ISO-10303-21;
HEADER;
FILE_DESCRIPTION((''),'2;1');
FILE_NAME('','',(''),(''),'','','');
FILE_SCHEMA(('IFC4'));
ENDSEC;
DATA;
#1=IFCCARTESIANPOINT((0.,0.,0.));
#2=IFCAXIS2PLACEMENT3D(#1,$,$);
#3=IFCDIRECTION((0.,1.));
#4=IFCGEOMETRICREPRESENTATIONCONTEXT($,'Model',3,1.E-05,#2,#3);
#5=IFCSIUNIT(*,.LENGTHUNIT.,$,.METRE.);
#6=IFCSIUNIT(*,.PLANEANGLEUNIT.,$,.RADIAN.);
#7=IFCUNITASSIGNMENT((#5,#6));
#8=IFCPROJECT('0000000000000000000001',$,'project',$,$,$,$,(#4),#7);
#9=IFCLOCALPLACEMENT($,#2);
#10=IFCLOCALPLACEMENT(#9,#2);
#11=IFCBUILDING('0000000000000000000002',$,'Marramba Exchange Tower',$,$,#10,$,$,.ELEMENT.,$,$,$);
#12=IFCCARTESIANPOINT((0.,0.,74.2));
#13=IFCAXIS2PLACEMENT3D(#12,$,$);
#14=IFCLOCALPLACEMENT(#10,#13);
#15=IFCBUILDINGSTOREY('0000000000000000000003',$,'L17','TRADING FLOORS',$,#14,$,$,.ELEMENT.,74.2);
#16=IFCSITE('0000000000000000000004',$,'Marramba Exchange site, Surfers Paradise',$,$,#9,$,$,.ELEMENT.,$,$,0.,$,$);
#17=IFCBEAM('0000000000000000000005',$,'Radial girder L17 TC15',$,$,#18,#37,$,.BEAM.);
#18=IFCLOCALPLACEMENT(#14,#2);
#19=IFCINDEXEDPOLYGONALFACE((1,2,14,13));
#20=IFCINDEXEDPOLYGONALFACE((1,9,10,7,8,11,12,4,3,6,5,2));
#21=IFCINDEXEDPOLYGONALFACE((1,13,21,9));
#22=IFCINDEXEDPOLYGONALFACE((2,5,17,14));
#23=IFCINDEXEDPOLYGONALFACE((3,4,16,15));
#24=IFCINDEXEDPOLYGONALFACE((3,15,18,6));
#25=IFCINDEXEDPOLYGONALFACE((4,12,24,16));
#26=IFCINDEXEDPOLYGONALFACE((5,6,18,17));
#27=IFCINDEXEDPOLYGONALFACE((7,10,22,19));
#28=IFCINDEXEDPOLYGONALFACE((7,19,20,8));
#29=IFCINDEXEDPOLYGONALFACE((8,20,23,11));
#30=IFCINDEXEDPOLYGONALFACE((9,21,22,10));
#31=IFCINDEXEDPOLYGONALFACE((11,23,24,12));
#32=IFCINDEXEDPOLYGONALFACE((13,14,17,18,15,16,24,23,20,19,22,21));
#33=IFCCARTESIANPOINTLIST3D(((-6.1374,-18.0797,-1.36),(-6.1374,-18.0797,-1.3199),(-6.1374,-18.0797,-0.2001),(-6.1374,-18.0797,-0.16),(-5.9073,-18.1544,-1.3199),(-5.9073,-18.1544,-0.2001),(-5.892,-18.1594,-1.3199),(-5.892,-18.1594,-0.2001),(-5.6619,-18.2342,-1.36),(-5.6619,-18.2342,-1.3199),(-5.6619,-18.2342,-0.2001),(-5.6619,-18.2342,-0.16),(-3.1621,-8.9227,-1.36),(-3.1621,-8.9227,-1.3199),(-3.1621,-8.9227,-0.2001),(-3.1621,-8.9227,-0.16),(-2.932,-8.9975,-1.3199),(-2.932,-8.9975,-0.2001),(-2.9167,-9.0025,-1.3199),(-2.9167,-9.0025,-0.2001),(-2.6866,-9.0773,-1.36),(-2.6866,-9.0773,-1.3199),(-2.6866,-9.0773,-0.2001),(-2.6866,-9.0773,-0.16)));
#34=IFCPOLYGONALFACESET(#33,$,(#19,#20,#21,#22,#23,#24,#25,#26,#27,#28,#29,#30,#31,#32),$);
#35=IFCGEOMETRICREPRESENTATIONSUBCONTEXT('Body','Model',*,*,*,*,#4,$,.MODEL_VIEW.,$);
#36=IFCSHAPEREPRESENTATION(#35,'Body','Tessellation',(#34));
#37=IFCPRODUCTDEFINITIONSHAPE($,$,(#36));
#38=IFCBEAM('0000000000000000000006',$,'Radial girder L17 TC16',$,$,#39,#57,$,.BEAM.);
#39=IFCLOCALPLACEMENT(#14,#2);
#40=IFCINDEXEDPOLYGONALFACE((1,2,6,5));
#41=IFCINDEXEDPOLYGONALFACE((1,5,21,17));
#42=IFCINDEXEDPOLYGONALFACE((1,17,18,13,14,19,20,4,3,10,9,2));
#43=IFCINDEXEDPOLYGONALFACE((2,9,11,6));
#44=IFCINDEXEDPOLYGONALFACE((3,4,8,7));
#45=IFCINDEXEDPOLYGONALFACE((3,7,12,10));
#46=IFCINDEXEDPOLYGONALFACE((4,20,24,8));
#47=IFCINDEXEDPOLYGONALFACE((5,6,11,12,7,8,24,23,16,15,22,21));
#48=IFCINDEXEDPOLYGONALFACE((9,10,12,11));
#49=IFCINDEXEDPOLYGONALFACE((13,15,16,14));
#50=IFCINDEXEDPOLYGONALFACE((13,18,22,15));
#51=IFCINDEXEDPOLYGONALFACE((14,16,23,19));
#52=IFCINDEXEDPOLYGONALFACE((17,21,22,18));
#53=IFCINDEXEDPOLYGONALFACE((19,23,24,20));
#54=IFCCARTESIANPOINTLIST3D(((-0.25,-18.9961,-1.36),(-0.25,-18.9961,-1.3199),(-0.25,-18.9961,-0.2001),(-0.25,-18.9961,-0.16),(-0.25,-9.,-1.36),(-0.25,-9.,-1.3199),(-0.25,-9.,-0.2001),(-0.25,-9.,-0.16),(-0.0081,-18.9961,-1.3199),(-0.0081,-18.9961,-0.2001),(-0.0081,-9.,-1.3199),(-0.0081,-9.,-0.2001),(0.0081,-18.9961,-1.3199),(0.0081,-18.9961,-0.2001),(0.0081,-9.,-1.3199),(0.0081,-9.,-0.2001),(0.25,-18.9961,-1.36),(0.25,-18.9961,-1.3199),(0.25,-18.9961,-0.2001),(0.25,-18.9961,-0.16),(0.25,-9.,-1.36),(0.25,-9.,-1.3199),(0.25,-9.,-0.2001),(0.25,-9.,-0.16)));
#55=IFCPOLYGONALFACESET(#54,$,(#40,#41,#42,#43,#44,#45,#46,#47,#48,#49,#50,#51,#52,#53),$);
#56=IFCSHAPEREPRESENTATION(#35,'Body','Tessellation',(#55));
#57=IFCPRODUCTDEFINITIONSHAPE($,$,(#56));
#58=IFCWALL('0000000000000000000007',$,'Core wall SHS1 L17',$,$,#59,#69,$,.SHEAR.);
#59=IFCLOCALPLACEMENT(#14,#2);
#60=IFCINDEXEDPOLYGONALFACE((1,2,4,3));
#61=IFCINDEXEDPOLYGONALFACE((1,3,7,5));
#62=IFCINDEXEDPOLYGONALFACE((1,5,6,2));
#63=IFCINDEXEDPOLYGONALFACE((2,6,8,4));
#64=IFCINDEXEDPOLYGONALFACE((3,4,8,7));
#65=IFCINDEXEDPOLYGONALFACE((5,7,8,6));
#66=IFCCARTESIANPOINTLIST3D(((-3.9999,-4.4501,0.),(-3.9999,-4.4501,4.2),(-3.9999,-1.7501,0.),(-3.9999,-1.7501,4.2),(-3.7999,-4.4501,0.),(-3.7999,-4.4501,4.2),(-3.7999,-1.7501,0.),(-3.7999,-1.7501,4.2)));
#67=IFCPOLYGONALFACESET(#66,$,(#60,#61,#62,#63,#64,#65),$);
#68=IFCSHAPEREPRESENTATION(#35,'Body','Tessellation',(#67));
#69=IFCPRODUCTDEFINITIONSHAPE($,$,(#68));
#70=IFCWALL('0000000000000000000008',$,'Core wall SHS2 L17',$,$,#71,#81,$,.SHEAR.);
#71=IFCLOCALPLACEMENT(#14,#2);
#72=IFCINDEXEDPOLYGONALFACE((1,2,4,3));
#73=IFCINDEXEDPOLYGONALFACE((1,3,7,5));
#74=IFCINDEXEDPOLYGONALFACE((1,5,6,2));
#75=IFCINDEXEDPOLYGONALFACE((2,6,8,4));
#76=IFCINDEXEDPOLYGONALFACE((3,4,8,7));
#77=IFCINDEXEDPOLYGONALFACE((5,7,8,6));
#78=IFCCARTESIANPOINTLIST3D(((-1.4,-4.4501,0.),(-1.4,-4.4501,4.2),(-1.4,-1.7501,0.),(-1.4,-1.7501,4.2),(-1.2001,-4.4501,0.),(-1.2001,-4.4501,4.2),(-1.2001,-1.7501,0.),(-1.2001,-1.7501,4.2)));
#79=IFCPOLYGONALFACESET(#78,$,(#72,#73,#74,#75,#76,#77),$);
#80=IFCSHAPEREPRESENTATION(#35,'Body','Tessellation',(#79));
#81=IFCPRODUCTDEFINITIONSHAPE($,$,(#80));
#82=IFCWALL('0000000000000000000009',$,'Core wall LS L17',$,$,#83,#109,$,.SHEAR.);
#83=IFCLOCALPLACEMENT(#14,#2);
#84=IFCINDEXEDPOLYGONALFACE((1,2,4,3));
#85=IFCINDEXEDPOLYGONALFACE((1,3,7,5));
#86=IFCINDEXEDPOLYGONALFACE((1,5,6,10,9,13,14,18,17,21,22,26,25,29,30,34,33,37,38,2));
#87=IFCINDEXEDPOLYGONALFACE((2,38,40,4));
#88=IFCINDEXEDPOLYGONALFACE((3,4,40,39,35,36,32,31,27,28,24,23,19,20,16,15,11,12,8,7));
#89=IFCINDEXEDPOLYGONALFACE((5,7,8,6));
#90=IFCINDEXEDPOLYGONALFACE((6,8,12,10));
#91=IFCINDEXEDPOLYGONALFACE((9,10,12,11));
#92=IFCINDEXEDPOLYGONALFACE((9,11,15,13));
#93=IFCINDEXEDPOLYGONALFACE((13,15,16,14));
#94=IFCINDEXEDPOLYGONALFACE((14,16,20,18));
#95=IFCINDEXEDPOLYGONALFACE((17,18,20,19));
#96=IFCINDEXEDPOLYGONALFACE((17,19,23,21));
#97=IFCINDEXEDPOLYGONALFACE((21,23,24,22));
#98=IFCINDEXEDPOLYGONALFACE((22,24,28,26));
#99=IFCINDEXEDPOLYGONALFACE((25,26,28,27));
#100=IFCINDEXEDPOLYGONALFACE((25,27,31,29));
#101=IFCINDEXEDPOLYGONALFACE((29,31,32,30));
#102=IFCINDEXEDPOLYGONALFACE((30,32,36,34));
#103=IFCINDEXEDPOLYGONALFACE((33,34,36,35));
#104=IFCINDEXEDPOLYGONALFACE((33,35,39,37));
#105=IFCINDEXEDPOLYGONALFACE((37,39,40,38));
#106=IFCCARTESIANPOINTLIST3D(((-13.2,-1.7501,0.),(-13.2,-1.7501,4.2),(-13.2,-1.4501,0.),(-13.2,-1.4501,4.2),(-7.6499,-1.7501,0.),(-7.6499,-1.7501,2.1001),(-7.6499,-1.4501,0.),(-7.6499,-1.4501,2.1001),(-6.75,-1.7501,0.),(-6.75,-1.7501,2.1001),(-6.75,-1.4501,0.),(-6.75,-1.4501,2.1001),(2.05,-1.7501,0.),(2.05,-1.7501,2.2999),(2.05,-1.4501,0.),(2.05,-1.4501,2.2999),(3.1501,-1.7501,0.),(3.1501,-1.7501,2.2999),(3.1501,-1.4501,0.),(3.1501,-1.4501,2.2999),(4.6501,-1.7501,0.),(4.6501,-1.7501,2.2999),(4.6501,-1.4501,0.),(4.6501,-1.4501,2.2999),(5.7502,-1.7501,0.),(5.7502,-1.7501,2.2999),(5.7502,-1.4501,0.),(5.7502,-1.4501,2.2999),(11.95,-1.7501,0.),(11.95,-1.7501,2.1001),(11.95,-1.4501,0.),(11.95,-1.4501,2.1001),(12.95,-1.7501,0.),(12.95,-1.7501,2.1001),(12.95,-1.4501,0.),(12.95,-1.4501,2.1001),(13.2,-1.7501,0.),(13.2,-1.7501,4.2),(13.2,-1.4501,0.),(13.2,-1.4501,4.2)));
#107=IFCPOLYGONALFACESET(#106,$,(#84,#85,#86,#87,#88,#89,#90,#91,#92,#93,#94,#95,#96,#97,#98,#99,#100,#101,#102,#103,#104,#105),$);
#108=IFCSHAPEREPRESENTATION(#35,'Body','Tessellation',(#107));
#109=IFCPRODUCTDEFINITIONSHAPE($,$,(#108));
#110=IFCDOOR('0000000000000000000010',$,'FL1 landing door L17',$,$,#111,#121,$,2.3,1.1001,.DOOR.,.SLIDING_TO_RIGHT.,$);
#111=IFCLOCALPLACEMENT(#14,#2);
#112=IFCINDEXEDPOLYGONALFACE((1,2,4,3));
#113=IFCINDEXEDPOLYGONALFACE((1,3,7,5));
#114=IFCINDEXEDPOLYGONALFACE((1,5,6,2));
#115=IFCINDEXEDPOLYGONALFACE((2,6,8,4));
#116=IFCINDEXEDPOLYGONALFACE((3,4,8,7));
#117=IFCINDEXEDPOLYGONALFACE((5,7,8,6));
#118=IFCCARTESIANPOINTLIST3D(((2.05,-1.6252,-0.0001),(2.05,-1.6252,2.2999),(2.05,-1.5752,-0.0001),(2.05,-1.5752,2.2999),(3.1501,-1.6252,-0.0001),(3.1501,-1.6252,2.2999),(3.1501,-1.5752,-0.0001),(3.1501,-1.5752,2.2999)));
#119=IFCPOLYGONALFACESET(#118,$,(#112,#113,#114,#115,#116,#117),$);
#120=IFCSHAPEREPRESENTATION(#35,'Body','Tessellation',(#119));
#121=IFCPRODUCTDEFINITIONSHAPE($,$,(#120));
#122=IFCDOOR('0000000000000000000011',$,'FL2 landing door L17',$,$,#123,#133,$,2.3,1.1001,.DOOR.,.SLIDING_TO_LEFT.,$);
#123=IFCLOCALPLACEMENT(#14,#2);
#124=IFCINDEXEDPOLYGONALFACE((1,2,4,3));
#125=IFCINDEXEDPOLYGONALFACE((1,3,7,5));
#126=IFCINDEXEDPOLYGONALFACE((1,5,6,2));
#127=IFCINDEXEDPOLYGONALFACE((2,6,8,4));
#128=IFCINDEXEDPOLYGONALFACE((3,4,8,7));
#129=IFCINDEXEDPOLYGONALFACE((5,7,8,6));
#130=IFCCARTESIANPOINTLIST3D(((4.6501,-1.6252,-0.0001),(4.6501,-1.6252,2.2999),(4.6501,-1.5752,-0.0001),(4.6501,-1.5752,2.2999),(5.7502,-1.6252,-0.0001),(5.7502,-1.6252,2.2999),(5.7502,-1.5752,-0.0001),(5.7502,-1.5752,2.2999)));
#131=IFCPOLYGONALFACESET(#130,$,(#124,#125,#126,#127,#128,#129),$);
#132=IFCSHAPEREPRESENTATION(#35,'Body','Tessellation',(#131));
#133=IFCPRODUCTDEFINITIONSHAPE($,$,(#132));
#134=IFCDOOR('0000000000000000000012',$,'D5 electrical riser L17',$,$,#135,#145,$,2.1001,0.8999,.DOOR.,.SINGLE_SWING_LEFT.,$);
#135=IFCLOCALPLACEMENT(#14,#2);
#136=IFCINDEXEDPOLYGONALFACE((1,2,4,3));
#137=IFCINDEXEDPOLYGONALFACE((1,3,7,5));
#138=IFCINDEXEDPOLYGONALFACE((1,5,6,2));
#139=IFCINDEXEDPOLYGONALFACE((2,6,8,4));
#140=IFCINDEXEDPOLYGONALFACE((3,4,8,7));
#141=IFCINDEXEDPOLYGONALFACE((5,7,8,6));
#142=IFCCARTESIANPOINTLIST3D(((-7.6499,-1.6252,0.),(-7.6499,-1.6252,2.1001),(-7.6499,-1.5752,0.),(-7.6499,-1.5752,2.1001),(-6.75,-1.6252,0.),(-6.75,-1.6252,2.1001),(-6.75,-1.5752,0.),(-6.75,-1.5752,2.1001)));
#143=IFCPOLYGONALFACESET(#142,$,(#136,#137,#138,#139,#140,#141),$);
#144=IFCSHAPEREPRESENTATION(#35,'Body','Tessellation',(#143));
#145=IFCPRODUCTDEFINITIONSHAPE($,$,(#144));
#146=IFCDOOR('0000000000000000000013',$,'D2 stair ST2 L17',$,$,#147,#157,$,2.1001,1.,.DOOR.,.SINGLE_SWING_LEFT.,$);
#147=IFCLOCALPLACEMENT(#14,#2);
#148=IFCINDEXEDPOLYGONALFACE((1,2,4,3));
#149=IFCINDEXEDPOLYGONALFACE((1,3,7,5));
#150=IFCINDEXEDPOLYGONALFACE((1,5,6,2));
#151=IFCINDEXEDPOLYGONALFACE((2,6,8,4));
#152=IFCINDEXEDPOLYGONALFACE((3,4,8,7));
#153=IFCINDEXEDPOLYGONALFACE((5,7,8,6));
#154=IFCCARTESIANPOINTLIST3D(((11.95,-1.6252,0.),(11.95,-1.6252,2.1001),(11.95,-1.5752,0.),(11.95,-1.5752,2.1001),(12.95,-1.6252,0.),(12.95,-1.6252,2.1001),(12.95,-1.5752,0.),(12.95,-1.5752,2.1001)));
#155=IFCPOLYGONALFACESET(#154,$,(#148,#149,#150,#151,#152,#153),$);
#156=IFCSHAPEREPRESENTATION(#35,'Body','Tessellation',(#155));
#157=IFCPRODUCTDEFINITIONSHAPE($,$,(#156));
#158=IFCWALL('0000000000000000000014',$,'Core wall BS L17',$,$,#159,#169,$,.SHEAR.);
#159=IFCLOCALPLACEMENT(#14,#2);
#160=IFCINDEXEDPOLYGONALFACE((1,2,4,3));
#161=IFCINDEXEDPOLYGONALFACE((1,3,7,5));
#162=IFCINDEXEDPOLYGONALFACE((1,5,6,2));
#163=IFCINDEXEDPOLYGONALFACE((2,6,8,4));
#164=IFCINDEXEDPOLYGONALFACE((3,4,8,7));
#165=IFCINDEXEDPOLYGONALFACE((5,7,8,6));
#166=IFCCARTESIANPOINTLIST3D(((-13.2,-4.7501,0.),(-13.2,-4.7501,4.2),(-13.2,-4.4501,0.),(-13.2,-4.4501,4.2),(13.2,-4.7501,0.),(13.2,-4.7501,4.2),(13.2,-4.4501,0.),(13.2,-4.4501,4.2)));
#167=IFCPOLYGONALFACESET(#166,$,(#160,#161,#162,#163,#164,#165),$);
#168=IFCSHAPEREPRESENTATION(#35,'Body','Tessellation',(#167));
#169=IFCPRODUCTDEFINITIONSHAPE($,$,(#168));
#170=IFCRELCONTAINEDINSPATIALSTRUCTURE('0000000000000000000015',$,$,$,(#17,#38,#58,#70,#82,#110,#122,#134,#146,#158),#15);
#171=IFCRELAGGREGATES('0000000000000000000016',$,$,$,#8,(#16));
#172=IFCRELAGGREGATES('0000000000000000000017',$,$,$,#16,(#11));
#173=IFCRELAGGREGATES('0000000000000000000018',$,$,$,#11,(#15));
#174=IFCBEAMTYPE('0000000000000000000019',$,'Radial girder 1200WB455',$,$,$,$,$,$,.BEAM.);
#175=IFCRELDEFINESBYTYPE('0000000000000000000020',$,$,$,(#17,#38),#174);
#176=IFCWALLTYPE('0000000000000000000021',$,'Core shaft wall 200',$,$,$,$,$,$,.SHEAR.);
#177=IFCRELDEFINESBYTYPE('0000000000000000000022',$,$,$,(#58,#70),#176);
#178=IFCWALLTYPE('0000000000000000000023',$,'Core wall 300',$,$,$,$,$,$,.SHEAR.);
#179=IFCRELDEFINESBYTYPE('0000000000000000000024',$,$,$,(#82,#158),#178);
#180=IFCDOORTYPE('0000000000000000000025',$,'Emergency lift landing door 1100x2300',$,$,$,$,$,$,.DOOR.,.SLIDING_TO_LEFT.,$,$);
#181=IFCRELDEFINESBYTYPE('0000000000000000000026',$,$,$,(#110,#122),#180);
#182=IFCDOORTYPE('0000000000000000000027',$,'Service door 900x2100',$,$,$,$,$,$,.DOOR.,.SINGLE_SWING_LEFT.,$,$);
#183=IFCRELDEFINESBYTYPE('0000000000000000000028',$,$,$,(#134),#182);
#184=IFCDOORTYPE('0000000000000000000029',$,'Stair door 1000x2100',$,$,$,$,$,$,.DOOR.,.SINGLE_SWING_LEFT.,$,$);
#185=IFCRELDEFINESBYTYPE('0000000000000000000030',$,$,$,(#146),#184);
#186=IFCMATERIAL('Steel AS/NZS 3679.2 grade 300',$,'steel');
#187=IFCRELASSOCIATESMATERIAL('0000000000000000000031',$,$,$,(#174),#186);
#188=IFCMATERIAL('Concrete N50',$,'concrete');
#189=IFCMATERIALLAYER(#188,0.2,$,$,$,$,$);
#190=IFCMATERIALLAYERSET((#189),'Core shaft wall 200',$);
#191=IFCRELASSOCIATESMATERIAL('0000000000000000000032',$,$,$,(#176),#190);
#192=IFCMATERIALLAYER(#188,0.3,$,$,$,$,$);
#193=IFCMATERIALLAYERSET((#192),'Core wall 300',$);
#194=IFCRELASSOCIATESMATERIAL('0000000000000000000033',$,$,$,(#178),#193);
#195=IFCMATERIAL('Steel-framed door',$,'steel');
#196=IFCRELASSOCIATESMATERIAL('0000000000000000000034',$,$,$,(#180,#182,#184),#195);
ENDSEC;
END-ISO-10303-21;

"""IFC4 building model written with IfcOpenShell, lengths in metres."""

from ifc_helpers import new_model, si_unit, direction, frame, frame_2d, origin, origin_2d, place, context, subcontext, project, spatial, rectangle, i_section, extrude, material, layer, layer_set, material_profile, profile_set, type_object, element, fill, save


model = new_model("IFC4")

# Units and contexts
model_context = context("Model", 3, precision=1e-05, world=origin(), true_north=direction((0.0, 1.0)))
body_context = subcontext(model_context, "Body", "Model", "MODEL_VIEW")
ifc_project = project(units=[si_unit("LENGTHUNIT", "METRE"), si_unit("PLANEANGLEUNIT", "RADIAN")], contexts=[model_context])

# Site, building, storey
site_placement = place(None, origin())
site = spatial("IfcSite", under=ifc_project, at=site_placement, Name="Marramba Exchange site, Surfers Paradise", CompositionType="ELEMENT", RefElevation=0.0)
building_placement = place(site_placement, origin())
building = spatial("IfcBuilding", under=site, at=building_placement, Name="Marramba Exchange Tower", CompositionType="ELEMENT")
storey_placement = place(building_placement, frame((0.0, 0.0, 74.2)))
storey = spatial("IfcBuildingStorey", under=building, at=storey_placement, Name="L17", Description="TRADING FLOORS", CompositionType="ELEMENT", Elevation=74.2)

# Beams
ifc_material_1 = material(Name="Steel AS/NZS 3679.2 grade 300", Category="steel")
ifc_material_profile = material_profile(ifc_material_1, i_section(OverallWidth=0.5, OverallDepth=1.2, WebThickness=0.0161, FlangeThickness=0.04, at=origin_2d()), Name="1200WB455")
ifc_profile_set = profile_set([ifc_material_profile], Name="Steel AS/NZS 3679.2 grade 300")
beam_type = type_object("IfcBeamType", Name="Radial girder 1200WB455", PredefinedType="BEAM", material=ifc_profile_set)
beam_1_placement = place(storey_placement, frame((-2.9243, -9.0, -0.76), z_axis=(-0.309022, -0.951055, 0.0), x_axis=(0.951055, -0.309022, 0.0)))
element("IfcBeam", 1, at=beam_1_placement, inside=storey, type_object=beam_type, Name="Radial girder L17 TC15", PredefinedType="BEAM", context=body_context, shape_type="SweptSolid", body=[
    extrude(i_section(OverallWidth=0.5, OverallDepth=1.2, WebThickness=0.0161, FlangeThickness=0.04, at=origin_2d()), origin(), (0.0, 0.0, 1.0), 9.6282),
])
beam_2_placement = place(storey_placement, frame((0.0, -9.0, -0.76), z_axis=(0.0, -1.0, 0.0), x_axis=(1.0, 0.0, 0.0)))
element("IfcBeam", 2, at=beam_2_placement, inside=storey, type_object=beam_type, Name="Radial girder L17 TC16", PredefinedType="BEAM", context=body_context, shape_type="SweptSolid", body=[
    extrude(i_section(OverallWidth=0.5, OverallDepth=1.2, WebThickness=0.0161, FlangeThickness=0.04, at=origin_2d()), origin(), (0.0, 0.0, 1.0), 9.9961),
])

# Walls
ifc_material_2 = material(Name="Concrete N50", Category="concrete")
ifc_layer_1 = layer(ifc_material_2, 0.2)
ifc_layer_set_1 = layer_set([ifc_layer_1], Name="Core shaft wall 200")
wall_type_1 = type_object("IfcWallType", Name="Core shaft wall 200", PredefinedType="SHEAR", material=ifc_layer_set_1)
for number, where, z_axis, x_axis, name in (
    (3, (-3.8999, -1.75, 0.0), (0.0, 0.0, 1.0), (0.0, -1.0, 0.0), "Core wall SHS1 L17"),
    (4, (-1.3, -1.75, 0.0), (0.0, 0.0, 1.0), (0.0, -1.0, 0.0), "Core wall SHS2 L17"),
):
    element("IfcWall", number, at=place(storey_placement, frame(where, z_axis=z_axis, x_axis=x_axis)), inside=storey, type_object=wall_type_1, Name=name, PredefinedType="SHEAR", context=body_context, shape_type="SweptSolid", body=[
        extrude(rectangle(XDim=2.7, YDim=0.2, at=frame_2d((1.3501, 0.0))), origin(), (0.0, 0.0, 1.0), 4.2),
    ])

# Wall, openings, doors
ifc_layer_2 = layer(ifc_material_2, 0.3)
ifc_layer_set_2 = layer_set([ifc_layer_2], Name="Core wall 300")
wall_type_2 = type_object("IfcWallType", Name="Core wall 300", PredefinedType="SHEAR", material=ifc_layer_set_2)
wall_1_placement = place(storey_placement, frame((-13.2, -1.6001, 0.0), z_axis=(0.0, 0.0, 1.0), x_axis=(1.0, 0.0, 0.0)))
wall_1 = element("IfcWall", 5, at=wall_1_placement, inside=storey, type_object=wall_type_2, Name="Core wall LS L17", PredefinedType="SHEAR", context=body_context, shape_type="SweptSolid", body=[
    extrude(rectangle(XDim=26.3999, YDim=0.3, at=frame_2d((13.2, 0.0))), origin(), (0.0, 0.0, 1.0), 4.2),
])
opening_1_placement = place(wall_1_placement, frame((25.1499, 0.0, 0.0)))
opening_1 = element("IfcOpeningElement", 6, at=opening_1_placement, cuts=wall_1, PredefinedType="OPENING", context=body_context, shape_type="SweptSolid", body=[
    extrude(rectangle(XDim=1.0, YDim=2.1001, at=frame_2d((0.5, 1.05))), frame((0.0, 0.1599, 0.0), z_axis=(0.0, -1.0, 0.0), x_axis=(1.0, 0.0, 0.0)), (0.0, 0.0, 1.0), 0.3201),
])
opening_2_placement = place(wall_1_placement, frame((15.25, 0.0, 0.0)))
opening_2 = element("IfcOpeningElement", 7, at=opening_2_placement, cuts=wall_1, PredefinedType="OPENING", context=body_context, shape_type="SweptSolid", body=[
    extrude(rectangle(XDim=1.1001, YDim=2.3, at=frame_2d((0.55, 1.1499))), frame((0.0, 0.1599, 0.0), z_axis=(0.0, -1.0, 0.0), x_axis=(1.0, 0.0, 0.0)), (0.0, 0.0, 1.0), 0.3201),
])
opening_3_placement = place(wall_1_placement, frame((17.8501, 0.0, 0.0)))
opening_3 = element("IfcOpeningElement", 8, at=opening_3_placement, cuts=wall_1, PredefinedType="OPENING", context=body_context, shape_type="SweptSolid", body=[
    extrude(rectangle(XDim=1.1001, YDim=2.3, at=frame_2d((0.55, 1.1499))), frame((0.0, 0.1599, 0.0), z_axis=(0.0, -1.0, 0.0), x_axis=(1.0, 0.0, 0.0)), (0.0, 0.0, 1.0), 0.3201),
])
opening_4_placement = place(wall_1_placement, frame((5.55, 0.0, 0.0)))
opening_4 = element("IfcOpeningElement", 9, at=opening_4_placement, cuts=wall_1, PredefinedType="OPENING", context=body_context, shape_type="SweptSolid", body=[
    extrude(rectangle(XDim=0.8999, YDim=2.1001, at=frame_2d((0.45, 1.05))), frame((0.0, 0.1599, 0.0), z_axis=(0.0, -1.0, 0.0), x_axis=(1.0, 0.0, 0.0)), (0.0, 0.0, 1.0), 0.3201),
])
ifc_material_3 = material(Name="Steel-framed door", Category="steel")
door_type_1 = type_object("IfcDoorType", Name="Emergency lift landing door 1100x2300", OperationType="SLIDING_TO_LEFT", PredefinedType="DOOR", material=ifc_material_3)
door_1_placement = place(opening_2_placement, frame((1.1001, 0.0, 0.0), z_axis=(0.0, 0.0, 1.0), x_axis=(-1.0, 0.0, 0.0)))
door_1 = element("IfcDoor", 10, at=door_1_placement, inside=storey, type_object=door_type_1, Name="FL1 landing door L17", OperationType="SLIDING_TO_RIGHT", OverallHeight=2.3, OverallWidth=1.1001, PredefinedType="DOOR", context=body_context, shape_type="SweptSolid", body=[
    extrude(rectangle(XDim=1.1001, YDim=2.3, at=frame_2d((0.55, 1.1499))), frame((0.0, 0.0251, 0.0), z_axis=(0.0, -1.0, 0.0), x_axis=(1.0, 0.0, 0.0)), (0.0, 0.0, 1.0), 0.05),
])
fill(opening_2, door_1)
door_2_placement = place(opening_3_placement, frame((1.1001, 0.0, 0.0), z_axis=(0.0, 0.0, 1.0), x_axis=(-1.0, 0.0, 0.0)))
door_2 = element("IfcDoor", 11, at=door_2_placement, inside=storey, type_object=door_type_1, Name="FL2 landing door L17", OperationType="SLIDING_TO_LEFT", OverallHeight=2.3, OverallWidth=1.1001, PredefinedType="DOOR", context=body_context, shape_type="SweptSolid", body=[
    extrude(rectangle(XDim=1.1001, YDim=2.3, at=frame_2d((0.55, 1.1499))), frame((0.0, 0.0251, 0.0), z_axis=(0.0, -1.0, 0.0), x_axis=(1.0, 0.0, 0.0)), (0.0, 0.0, 1.0), 0.05),
])
fill(opening_3, door_2)
door_type_2 = type_object("IfcDoorType", Name="Service door 900x2100", OperationType="SINGLE_SWING_LEFT", PredefinedType="DOOR", material=ifc_material_3)
door_3_placement = place(opening_4_placement, frame((0.8999, 0.0, 0.0), z_axis=(0.0, 0.0, 1.0), x_axis=(-1.0, 0.0, 0.0)))
door_3 = element("IfcDoor", 12, at=door_3_placement, inside=storey, type_object=door_type_2, Name="D5 electrical riser L17", OperationType="SINGLE_SWING_LEFT", OverallHeight=2.1001, OverallWidth=0.8999, PredefinedType="DOOR", context=body_context, shape_type="SweptSolid", body=[
    extrude(rectangle(XDim=0.8999, YDim=2.1001, at=frame_2d((0.45, 1.05))), frame((0.0, 0.0251, 0.0), z_axis=(0.0, -1.0, 0.0), x_axis=(1.0, 0.0, 0.0)), (0.0, 0.0, 1.0), 0.05),
])
fill(opening_4, door_3)
door_type_3 = type_object("IfcDoorType", Name="Stair door 1000x2100", OperationType="SINGLE_SWING_LEFT", PredefinedType="DOOR", material=ifc_material_3)
door_4_placement = place(opening_1_placement, frame((1.0, 0.0, 0.0), z_axis=(0.0, 0.0, 1.0), x_axis=(-1.0, 0.0, 0.0)))
door_4 = element("IfcDoor", 13, at=door_4_placement, inside=storey, type_object=door_type_3, Name="D2 stair ST2 L17", OperationType="SINGLE_SWING_LEFT", OverallHeight=2.1001, OverallWidth=1.0, PredefinedType="DOOR", context=body_context, shape_type="SweptSolid", body=[
    extrude(rectangle(XDim=1.0, YDim=2.1001, at=frame_2d((0.5, 1.05))), frame((0.0, 0.0251, 0.0), z_axis=(0.0, -1.0, 0.0), x_axis=(1.0, 0.0, 0.0)), (0.0, 0.0, 1.0), 0.05),
])
fill(opening_1, door_4)

# Wall
wall_2_placement = place(storey_placement, frame((-13.2, -4.6001, 0.0), z_axis=(0.0, 0.0, 1.0), x_axis=(1.0, 0.0, 0.0)))
element("IfcWall", 14, at=wall_2_placement, inside=storey, type_object=wall_type_2, Name="Core wall BS L17", PredefinedType="SHEAR", context=body_context, shape_type="SweptSolid", body=[
    extrude(rectangle(XDim=26.3999, YDim=0.3, at=frame_2d((13.2, 0.0))), origin(), (0.0, 0.0, 1.0), 4.2),
])

save(model, "model.ifc")
